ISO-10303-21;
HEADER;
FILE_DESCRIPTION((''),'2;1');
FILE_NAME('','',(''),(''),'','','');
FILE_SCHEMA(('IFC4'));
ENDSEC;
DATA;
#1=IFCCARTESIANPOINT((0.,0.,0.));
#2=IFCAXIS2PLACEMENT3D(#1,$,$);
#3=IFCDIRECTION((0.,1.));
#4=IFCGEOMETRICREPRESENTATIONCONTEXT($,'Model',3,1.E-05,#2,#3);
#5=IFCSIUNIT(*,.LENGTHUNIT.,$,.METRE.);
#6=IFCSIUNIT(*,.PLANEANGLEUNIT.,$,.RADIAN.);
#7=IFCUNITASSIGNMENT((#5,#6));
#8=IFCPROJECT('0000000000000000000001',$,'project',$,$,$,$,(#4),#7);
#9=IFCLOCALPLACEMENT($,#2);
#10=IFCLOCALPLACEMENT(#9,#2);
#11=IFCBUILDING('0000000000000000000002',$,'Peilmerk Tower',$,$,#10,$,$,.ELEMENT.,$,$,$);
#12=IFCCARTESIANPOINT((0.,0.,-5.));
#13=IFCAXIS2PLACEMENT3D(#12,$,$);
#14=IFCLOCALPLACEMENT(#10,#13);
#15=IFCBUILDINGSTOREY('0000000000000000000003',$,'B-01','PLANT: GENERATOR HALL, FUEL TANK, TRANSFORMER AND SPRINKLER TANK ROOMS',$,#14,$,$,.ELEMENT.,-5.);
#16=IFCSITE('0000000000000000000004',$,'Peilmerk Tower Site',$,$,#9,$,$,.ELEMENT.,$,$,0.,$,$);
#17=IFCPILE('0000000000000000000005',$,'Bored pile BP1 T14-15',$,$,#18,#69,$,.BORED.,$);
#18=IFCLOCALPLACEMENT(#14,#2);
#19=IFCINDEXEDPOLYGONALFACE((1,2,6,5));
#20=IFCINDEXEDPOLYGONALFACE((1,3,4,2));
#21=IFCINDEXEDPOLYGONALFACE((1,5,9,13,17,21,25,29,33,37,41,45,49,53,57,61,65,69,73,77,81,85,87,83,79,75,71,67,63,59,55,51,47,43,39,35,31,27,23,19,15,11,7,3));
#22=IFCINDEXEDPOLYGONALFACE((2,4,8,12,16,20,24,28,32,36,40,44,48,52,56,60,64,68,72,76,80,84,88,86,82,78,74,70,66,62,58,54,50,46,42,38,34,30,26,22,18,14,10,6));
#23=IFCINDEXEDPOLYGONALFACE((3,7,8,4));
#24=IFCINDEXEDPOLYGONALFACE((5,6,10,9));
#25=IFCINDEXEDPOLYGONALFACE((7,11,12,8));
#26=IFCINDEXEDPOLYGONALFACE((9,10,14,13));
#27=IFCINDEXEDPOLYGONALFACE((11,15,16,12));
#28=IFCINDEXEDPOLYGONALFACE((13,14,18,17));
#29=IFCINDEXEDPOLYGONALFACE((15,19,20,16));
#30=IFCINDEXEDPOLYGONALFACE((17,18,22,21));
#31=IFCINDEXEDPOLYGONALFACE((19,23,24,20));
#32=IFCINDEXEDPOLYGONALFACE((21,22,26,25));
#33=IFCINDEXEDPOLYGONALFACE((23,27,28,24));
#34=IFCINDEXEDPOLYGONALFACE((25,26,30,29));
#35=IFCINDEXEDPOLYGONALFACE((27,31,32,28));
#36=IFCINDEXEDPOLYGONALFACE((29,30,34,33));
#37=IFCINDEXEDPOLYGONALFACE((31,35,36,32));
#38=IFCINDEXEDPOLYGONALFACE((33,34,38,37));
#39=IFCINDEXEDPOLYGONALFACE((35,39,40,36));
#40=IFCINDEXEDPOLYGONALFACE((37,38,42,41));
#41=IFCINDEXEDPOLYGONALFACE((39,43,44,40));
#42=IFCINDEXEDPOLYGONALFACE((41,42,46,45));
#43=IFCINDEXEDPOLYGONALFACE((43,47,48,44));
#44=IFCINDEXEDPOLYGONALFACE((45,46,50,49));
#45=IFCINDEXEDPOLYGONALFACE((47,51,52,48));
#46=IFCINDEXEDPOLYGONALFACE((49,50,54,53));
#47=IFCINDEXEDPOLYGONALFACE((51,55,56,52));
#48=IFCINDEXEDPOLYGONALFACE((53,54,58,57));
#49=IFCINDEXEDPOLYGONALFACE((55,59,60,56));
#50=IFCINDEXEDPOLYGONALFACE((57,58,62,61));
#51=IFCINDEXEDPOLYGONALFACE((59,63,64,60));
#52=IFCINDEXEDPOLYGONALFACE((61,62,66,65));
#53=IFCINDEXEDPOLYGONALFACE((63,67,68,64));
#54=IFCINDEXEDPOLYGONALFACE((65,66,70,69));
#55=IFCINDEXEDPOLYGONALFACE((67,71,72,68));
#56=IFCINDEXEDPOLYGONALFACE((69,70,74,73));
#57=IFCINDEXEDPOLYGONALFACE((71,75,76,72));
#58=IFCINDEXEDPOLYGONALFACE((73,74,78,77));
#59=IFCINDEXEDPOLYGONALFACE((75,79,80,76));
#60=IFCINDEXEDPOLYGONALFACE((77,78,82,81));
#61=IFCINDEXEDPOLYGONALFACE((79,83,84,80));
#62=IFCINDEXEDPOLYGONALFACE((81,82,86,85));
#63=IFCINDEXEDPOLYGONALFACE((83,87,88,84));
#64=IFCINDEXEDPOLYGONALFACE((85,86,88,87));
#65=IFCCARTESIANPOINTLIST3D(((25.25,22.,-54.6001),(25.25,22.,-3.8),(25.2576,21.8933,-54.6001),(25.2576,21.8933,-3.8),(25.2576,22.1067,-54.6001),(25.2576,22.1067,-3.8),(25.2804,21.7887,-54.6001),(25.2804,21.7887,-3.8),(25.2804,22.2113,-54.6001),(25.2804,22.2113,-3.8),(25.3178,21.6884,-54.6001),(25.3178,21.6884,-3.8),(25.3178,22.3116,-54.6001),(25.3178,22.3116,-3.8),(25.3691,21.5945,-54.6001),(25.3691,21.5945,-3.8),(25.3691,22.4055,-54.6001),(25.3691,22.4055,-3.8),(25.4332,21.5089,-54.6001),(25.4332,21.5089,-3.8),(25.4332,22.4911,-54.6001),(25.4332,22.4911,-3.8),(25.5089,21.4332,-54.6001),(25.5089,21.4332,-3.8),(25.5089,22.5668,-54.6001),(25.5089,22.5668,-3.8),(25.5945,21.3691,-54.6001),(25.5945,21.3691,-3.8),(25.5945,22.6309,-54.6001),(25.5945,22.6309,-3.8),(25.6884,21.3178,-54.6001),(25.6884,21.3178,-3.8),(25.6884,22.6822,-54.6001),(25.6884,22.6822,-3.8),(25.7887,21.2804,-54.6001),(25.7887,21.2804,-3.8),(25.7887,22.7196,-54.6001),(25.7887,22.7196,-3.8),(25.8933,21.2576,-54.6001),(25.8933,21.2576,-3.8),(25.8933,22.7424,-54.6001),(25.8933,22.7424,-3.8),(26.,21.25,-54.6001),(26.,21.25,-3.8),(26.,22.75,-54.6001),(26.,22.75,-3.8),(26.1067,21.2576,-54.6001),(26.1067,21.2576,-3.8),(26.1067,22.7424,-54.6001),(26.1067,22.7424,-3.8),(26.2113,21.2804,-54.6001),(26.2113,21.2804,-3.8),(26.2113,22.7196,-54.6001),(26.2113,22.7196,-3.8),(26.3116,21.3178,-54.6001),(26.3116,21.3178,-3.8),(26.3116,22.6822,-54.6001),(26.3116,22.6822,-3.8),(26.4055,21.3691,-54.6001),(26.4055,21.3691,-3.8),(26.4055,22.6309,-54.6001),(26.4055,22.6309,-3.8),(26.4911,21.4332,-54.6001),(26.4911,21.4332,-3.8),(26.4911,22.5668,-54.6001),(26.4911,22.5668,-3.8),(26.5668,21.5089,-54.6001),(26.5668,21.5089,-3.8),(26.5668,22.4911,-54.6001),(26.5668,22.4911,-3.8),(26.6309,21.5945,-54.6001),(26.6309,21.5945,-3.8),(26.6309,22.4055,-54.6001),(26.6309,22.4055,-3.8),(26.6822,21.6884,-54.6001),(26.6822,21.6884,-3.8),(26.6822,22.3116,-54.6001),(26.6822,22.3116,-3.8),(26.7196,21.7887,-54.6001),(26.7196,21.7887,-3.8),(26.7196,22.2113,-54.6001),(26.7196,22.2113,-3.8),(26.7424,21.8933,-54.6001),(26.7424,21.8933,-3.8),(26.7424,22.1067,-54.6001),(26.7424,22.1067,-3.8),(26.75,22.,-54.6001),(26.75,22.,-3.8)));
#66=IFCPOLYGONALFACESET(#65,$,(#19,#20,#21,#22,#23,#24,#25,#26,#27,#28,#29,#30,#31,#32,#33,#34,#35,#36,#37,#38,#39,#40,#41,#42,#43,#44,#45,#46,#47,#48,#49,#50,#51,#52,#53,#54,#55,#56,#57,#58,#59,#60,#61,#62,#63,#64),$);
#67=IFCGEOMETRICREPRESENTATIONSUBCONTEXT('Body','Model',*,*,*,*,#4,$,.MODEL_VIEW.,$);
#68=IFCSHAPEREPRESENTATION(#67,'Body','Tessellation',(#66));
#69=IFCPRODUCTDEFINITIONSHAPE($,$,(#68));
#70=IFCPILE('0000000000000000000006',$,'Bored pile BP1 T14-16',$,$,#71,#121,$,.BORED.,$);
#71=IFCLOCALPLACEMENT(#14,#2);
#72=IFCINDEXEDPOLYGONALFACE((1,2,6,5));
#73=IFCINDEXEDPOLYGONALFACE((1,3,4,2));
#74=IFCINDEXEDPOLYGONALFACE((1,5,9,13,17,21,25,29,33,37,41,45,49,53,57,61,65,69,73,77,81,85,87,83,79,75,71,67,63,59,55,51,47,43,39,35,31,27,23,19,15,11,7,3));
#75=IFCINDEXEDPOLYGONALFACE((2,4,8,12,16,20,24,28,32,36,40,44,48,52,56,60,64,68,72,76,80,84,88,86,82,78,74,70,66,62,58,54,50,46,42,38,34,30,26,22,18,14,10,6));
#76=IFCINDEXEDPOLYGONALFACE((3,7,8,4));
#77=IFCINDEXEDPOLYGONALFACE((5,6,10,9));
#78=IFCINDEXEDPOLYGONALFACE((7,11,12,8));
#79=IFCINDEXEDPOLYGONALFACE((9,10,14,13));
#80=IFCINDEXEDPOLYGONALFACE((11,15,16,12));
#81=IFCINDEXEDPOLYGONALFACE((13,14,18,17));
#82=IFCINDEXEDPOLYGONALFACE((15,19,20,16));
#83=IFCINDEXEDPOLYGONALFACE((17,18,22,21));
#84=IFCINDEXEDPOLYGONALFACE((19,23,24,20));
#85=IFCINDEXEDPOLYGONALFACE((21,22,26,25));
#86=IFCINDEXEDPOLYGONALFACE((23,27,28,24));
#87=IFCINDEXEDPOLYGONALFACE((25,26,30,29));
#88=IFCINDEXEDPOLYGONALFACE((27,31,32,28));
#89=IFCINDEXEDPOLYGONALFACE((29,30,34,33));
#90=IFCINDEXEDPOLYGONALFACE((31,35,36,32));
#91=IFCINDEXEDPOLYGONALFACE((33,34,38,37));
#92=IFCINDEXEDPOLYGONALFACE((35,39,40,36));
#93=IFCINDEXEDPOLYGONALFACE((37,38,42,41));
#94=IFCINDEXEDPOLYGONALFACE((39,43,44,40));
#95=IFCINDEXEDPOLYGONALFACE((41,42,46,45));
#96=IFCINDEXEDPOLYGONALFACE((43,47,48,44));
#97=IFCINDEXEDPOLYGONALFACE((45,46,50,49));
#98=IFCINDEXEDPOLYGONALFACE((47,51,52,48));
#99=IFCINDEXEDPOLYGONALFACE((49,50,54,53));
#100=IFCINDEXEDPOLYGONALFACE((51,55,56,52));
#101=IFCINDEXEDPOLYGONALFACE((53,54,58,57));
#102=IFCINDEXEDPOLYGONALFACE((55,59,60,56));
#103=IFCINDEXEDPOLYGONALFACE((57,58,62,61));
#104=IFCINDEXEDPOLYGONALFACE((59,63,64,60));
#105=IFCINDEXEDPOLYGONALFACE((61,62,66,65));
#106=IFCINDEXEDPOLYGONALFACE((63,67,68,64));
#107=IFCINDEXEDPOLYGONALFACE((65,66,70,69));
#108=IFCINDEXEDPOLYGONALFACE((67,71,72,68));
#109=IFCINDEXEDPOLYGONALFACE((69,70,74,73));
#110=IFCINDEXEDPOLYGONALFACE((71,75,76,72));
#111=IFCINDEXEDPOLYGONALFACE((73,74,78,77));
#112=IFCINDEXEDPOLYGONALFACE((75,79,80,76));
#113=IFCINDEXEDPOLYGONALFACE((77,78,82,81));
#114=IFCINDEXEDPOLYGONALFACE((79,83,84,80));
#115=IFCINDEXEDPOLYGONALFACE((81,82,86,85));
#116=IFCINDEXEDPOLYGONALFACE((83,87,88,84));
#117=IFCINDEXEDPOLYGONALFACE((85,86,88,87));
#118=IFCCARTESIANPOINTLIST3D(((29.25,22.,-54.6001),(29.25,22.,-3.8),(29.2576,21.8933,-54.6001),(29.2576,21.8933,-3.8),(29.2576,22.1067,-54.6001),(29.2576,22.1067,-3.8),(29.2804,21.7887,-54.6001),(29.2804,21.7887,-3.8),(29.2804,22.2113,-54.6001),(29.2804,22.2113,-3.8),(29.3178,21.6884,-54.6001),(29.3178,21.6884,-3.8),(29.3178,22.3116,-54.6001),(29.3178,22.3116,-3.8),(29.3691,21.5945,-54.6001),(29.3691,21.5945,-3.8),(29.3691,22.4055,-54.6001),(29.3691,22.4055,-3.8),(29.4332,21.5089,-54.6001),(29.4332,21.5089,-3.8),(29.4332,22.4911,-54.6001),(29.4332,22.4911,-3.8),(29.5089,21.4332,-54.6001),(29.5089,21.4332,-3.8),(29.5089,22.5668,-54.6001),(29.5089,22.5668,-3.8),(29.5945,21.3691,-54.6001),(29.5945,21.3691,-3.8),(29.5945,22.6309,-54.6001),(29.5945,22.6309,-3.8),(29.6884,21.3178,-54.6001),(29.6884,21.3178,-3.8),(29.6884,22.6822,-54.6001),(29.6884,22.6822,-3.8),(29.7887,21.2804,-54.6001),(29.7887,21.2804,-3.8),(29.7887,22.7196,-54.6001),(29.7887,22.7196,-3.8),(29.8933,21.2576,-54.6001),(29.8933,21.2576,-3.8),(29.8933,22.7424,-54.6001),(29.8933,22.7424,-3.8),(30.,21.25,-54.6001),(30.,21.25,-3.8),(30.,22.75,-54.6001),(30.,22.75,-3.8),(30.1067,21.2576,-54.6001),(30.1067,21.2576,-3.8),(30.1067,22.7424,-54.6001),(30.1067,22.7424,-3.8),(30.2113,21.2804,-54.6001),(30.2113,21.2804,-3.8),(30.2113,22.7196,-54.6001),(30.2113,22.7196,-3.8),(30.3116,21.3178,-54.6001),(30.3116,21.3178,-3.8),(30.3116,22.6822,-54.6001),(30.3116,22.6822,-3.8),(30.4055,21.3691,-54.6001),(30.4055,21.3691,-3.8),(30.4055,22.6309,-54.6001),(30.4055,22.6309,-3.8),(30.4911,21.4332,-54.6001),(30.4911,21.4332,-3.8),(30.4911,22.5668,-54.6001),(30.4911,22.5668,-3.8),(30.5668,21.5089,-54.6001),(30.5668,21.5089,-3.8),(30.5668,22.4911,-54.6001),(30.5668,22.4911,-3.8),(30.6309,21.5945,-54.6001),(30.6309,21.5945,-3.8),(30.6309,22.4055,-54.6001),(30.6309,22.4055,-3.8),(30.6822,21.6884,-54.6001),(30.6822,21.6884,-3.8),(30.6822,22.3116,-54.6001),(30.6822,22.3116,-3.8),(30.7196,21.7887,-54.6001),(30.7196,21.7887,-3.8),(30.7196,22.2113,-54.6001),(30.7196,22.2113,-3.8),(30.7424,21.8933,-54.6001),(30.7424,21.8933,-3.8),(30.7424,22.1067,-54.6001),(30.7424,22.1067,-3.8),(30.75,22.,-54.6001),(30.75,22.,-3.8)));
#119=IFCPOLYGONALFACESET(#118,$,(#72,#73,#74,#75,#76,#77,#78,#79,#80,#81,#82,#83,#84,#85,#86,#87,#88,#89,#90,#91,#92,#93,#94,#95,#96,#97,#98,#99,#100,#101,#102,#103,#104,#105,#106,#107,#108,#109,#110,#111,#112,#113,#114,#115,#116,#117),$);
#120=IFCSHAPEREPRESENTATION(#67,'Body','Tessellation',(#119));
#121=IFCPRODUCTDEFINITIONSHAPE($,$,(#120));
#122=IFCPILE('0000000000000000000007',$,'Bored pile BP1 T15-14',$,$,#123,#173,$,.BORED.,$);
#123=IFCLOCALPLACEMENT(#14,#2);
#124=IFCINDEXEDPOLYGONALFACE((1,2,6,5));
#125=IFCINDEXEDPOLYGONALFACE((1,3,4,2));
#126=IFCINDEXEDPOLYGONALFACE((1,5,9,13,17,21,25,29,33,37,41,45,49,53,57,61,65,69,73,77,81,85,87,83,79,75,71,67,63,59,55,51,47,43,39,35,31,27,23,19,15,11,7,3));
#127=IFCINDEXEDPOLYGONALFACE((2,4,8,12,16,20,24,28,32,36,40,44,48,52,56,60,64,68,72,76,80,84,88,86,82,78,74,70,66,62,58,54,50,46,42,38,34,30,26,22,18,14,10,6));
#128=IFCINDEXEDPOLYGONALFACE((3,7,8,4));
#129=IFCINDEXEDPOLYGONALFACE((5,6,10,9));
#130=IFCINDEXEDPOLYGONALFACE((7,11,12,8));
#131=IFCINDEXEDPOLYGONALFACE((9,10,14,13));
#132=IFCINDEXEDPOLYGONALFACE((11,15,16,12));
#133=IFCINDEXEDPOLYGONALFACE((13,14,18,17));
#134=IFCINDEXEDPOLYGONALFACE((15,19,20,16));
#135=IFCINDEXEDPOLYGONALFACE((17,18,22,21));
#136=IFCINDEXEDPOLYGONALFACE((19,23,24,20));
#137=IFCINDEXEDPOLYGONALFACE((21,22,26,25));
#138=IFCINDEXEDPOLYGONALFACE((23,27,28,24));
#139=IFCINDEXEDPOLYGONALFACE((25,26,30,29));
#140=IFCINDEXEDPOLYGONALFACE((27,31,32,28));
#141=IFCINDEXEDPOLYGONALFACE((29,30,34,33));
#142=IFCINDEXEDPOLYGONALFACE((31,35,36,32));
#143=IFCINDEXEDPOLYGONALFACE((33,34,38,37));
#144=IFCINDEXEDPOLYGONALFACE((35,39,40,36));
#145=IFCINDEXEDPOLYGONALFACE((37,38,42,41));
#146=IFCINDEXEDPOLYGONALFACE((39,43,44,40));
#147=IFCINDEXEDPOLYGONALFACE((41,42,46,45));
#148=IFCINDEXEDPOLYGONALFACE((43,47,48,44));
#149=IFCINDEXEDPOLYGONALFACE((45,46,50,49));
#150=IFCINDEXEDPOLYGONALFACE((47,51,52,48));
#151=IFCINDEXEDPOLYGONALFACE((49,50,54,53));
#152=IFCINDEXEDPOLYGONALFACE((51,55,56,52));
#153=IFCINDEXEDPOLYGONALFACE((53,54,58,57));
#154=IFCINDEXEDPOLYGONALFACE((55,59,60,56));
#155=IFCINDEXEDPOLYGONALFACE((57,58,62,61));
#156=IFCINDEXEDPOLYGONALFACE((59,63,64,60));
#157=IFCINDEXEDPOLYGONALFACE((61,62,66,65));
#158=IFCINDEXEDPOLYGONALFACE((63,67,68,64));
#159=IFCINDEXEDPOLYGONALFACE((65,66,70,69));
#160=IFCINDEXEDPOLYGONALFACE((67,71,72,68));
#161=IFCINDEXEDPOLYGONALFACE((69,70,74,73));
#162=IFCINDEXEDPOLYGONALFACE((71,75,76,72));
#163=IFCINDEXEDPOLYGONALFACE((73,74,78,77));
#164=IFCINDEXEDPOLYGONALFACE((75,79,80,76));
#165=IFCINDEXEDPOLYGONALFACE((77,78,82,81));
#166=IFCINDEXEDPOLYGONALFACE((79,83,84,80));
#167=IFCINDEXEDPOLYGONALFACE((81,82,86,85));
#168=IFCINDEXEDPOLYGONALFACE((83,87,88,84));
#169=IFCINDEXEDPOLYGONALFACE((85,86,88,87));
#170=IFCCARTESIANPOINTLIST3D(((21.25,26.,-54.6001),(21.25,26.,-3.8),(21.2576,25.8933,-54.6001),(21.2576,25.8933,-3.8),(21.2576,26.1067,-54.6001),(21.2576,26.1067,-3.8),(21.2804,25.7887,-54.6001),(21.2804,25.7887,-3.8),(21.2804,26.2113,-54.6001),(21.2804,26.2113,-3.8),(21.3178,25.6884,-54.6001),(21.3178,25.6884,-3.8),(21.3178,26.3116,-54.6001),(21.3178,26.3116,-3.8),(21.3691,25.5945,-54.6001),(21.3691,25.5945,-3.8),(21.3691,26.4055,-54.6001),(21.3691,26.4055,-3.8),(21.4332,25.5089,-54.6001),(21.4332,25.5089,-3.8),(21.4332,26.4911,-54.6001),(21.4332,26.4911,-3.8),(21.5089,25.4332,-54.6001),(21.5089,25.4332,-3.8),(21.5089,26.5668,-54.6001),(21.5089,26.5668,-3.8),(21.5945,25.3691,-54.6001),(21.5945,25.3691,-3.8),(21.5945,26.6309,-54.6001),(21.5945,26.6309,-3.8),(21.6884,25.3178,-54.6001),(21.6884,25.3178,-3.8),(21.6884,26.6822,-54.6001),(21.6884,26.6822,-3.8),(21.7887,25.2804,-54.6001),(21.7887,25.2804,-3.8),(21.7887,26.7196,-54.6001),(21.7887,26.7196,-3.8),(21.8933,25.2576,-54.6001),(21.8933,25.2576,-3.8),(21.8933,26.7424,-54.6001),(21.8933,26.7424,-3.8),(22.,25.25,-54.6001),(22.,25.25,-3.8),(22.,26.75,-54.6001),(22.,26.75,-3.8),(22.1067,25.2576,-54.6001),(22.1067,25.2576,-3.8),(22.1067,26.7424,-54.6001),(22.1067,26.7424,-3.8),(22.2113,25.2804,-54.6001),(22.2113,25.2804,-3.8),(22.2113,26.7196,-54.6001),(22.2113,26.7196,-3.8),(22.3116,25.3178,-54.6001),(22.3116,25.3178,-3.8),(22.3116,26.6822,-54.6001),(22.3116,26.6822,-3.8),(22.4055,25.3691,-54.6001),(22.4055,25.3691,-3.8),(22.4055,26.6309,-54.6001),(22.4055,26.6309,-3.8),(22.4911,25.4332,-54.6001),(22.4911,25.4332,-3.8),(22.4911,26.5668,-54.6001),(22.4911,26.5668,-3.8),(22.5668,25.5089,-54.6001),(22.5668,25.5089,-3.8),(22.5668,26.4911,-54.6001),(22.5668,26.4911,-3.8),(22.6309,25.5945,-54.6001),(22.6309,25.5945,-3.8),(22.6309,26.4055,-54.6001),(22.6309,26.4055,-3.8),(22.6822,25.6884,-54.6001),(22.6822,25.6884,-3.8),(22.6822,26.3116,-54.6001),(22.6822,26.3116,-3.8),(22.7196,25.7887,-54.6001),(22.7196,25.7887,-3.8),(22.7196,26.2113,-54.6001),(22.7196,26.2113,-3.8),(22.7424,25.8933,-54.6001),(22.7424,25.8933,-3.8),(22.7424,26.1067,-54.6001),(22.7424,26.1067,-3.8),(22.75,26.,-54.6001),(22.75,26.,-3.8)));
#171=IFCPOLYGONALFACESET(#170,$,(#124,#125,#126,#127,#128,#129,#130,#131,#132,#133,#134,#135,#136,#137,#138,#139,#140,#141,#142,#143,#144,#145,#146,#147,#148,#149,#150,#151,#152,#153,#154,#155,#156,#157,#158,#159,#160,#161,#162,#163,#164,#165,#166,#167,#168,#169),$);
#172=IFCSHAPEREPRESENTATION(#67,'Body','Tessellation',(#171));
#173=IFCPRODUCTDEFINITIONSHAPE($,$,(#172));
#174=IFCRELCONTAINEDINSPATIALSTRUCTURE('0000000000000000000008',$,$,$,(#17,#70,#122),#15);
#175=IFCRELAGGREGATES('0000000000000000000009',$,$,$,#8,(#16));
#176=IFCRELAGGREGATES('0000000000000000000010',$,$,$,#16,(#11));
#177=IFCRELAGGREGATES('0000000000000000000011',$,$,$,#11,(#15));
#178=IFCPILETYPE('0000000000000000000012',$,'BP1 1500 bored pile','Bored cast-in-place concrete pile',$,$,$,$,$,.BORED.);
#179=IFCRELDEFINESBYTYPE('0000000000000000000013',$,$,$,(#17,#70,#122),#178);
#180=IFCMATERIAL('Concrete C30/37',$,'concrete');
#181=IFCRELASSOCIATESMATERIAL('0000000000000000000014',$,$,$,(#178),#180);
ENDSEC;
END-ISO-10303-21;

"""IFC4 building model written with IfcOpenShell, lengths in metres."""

from ifc_helpers import new_model, si_unit, direction, frame, origin, origin_2d, place, context, subcontext, project, spatial, circle, extrude, material, material_profile, profile_set, type_object, element, save


model = new_model("IFC4")

# Units and contexts
model_context = context("Model", 3, precision=1e-05, world=origin(), true_north=direction((0.0, 1.0)))
body_context = subcontext(model_context, "Body", "Model", "MODEL_VIEW")
ifc_project = project(units=[si_unit("LENGTHUNIT", "METRE"), si_unit("PLANEANGLEUNIT", "RADIAN")], contexts=[model_context])

# Site, building, storey
site_placement = place(None, origin())
site = spatial("IfcSite", under=ifc_project, at=site_placement, Name="Peilmerk Tower Site", CompositionType="ELEMENT", RefElevation=0.0)
building_placement = place(site_placement, origin())
building = spatial("IfcBuilding", under=site, at=building_placement, Name="Peilmerk Tower", CompositionType="ELEMENT")
storey_placement = place(building_placement, frame((0.0, 0.0, -5.0)))
storey = spatial("IfcBuildingStorey", under=building, at=storey_placement, Name="B-01", Description="PLANT: GENERATOR HALL, FUEL TANK, TRANSFORMER AND SPRINKLER TANK ROOMS", CompositionType="ELEMENT", Elevation=-5.0)

# Piles
ifc_material_1 = material(Name="Concrete C30/37", Category="concrete")
ifc_material_profile_1 = material_profile(ifc_material_1, circle(Radius=0.75, at=origin_2d()), Name="BP 1500")
ifc_profile_set_1 = profile_set([ifc_material_profile_1], Name="Concrete C30/37")
pile_type_1 = type_object("IfcPileType", Name="BP1 1500 bored pile", Description="Bored cast-in-place concrete pile", PredefinedType="BORED", material=ifc_profile_set_1)
for number, where, z_axis, x_axis, name in (
    (1, (26.0, 22.0, -3.8), (0.0, 0.0, -1.0), (1.0, 0.0, 0.0), "Bored pile BP1 T14-15"),
    (2, (30.0, 22.0, -3.8), (0.0, 0.0, -1.0), (1.0, 0.0, 0.0), "Bored pile BP1 T14-16"),
    (3, (22.0, 26.0, -3.8), (0.0, 0.0, -1.0), (1.0, 0.0, 0.0), "Bored pile BP1 T15-14"),
):
    element("IfcPile", number, at=place(storey_placement, frame(where, z_axis=z_axis, x_axis=x_axis)), inside=storey, type_object=pile_type_1, Name=name, PredefinedType="BORED", context=body_context, shape_type="SweptSolid", body=[
        extrude(circle(Radius=0.75, at=origin_2d()), origin(), (0.0, 0.0, 1.0), 50.8),
    ])

save(model, "model.ifc")
